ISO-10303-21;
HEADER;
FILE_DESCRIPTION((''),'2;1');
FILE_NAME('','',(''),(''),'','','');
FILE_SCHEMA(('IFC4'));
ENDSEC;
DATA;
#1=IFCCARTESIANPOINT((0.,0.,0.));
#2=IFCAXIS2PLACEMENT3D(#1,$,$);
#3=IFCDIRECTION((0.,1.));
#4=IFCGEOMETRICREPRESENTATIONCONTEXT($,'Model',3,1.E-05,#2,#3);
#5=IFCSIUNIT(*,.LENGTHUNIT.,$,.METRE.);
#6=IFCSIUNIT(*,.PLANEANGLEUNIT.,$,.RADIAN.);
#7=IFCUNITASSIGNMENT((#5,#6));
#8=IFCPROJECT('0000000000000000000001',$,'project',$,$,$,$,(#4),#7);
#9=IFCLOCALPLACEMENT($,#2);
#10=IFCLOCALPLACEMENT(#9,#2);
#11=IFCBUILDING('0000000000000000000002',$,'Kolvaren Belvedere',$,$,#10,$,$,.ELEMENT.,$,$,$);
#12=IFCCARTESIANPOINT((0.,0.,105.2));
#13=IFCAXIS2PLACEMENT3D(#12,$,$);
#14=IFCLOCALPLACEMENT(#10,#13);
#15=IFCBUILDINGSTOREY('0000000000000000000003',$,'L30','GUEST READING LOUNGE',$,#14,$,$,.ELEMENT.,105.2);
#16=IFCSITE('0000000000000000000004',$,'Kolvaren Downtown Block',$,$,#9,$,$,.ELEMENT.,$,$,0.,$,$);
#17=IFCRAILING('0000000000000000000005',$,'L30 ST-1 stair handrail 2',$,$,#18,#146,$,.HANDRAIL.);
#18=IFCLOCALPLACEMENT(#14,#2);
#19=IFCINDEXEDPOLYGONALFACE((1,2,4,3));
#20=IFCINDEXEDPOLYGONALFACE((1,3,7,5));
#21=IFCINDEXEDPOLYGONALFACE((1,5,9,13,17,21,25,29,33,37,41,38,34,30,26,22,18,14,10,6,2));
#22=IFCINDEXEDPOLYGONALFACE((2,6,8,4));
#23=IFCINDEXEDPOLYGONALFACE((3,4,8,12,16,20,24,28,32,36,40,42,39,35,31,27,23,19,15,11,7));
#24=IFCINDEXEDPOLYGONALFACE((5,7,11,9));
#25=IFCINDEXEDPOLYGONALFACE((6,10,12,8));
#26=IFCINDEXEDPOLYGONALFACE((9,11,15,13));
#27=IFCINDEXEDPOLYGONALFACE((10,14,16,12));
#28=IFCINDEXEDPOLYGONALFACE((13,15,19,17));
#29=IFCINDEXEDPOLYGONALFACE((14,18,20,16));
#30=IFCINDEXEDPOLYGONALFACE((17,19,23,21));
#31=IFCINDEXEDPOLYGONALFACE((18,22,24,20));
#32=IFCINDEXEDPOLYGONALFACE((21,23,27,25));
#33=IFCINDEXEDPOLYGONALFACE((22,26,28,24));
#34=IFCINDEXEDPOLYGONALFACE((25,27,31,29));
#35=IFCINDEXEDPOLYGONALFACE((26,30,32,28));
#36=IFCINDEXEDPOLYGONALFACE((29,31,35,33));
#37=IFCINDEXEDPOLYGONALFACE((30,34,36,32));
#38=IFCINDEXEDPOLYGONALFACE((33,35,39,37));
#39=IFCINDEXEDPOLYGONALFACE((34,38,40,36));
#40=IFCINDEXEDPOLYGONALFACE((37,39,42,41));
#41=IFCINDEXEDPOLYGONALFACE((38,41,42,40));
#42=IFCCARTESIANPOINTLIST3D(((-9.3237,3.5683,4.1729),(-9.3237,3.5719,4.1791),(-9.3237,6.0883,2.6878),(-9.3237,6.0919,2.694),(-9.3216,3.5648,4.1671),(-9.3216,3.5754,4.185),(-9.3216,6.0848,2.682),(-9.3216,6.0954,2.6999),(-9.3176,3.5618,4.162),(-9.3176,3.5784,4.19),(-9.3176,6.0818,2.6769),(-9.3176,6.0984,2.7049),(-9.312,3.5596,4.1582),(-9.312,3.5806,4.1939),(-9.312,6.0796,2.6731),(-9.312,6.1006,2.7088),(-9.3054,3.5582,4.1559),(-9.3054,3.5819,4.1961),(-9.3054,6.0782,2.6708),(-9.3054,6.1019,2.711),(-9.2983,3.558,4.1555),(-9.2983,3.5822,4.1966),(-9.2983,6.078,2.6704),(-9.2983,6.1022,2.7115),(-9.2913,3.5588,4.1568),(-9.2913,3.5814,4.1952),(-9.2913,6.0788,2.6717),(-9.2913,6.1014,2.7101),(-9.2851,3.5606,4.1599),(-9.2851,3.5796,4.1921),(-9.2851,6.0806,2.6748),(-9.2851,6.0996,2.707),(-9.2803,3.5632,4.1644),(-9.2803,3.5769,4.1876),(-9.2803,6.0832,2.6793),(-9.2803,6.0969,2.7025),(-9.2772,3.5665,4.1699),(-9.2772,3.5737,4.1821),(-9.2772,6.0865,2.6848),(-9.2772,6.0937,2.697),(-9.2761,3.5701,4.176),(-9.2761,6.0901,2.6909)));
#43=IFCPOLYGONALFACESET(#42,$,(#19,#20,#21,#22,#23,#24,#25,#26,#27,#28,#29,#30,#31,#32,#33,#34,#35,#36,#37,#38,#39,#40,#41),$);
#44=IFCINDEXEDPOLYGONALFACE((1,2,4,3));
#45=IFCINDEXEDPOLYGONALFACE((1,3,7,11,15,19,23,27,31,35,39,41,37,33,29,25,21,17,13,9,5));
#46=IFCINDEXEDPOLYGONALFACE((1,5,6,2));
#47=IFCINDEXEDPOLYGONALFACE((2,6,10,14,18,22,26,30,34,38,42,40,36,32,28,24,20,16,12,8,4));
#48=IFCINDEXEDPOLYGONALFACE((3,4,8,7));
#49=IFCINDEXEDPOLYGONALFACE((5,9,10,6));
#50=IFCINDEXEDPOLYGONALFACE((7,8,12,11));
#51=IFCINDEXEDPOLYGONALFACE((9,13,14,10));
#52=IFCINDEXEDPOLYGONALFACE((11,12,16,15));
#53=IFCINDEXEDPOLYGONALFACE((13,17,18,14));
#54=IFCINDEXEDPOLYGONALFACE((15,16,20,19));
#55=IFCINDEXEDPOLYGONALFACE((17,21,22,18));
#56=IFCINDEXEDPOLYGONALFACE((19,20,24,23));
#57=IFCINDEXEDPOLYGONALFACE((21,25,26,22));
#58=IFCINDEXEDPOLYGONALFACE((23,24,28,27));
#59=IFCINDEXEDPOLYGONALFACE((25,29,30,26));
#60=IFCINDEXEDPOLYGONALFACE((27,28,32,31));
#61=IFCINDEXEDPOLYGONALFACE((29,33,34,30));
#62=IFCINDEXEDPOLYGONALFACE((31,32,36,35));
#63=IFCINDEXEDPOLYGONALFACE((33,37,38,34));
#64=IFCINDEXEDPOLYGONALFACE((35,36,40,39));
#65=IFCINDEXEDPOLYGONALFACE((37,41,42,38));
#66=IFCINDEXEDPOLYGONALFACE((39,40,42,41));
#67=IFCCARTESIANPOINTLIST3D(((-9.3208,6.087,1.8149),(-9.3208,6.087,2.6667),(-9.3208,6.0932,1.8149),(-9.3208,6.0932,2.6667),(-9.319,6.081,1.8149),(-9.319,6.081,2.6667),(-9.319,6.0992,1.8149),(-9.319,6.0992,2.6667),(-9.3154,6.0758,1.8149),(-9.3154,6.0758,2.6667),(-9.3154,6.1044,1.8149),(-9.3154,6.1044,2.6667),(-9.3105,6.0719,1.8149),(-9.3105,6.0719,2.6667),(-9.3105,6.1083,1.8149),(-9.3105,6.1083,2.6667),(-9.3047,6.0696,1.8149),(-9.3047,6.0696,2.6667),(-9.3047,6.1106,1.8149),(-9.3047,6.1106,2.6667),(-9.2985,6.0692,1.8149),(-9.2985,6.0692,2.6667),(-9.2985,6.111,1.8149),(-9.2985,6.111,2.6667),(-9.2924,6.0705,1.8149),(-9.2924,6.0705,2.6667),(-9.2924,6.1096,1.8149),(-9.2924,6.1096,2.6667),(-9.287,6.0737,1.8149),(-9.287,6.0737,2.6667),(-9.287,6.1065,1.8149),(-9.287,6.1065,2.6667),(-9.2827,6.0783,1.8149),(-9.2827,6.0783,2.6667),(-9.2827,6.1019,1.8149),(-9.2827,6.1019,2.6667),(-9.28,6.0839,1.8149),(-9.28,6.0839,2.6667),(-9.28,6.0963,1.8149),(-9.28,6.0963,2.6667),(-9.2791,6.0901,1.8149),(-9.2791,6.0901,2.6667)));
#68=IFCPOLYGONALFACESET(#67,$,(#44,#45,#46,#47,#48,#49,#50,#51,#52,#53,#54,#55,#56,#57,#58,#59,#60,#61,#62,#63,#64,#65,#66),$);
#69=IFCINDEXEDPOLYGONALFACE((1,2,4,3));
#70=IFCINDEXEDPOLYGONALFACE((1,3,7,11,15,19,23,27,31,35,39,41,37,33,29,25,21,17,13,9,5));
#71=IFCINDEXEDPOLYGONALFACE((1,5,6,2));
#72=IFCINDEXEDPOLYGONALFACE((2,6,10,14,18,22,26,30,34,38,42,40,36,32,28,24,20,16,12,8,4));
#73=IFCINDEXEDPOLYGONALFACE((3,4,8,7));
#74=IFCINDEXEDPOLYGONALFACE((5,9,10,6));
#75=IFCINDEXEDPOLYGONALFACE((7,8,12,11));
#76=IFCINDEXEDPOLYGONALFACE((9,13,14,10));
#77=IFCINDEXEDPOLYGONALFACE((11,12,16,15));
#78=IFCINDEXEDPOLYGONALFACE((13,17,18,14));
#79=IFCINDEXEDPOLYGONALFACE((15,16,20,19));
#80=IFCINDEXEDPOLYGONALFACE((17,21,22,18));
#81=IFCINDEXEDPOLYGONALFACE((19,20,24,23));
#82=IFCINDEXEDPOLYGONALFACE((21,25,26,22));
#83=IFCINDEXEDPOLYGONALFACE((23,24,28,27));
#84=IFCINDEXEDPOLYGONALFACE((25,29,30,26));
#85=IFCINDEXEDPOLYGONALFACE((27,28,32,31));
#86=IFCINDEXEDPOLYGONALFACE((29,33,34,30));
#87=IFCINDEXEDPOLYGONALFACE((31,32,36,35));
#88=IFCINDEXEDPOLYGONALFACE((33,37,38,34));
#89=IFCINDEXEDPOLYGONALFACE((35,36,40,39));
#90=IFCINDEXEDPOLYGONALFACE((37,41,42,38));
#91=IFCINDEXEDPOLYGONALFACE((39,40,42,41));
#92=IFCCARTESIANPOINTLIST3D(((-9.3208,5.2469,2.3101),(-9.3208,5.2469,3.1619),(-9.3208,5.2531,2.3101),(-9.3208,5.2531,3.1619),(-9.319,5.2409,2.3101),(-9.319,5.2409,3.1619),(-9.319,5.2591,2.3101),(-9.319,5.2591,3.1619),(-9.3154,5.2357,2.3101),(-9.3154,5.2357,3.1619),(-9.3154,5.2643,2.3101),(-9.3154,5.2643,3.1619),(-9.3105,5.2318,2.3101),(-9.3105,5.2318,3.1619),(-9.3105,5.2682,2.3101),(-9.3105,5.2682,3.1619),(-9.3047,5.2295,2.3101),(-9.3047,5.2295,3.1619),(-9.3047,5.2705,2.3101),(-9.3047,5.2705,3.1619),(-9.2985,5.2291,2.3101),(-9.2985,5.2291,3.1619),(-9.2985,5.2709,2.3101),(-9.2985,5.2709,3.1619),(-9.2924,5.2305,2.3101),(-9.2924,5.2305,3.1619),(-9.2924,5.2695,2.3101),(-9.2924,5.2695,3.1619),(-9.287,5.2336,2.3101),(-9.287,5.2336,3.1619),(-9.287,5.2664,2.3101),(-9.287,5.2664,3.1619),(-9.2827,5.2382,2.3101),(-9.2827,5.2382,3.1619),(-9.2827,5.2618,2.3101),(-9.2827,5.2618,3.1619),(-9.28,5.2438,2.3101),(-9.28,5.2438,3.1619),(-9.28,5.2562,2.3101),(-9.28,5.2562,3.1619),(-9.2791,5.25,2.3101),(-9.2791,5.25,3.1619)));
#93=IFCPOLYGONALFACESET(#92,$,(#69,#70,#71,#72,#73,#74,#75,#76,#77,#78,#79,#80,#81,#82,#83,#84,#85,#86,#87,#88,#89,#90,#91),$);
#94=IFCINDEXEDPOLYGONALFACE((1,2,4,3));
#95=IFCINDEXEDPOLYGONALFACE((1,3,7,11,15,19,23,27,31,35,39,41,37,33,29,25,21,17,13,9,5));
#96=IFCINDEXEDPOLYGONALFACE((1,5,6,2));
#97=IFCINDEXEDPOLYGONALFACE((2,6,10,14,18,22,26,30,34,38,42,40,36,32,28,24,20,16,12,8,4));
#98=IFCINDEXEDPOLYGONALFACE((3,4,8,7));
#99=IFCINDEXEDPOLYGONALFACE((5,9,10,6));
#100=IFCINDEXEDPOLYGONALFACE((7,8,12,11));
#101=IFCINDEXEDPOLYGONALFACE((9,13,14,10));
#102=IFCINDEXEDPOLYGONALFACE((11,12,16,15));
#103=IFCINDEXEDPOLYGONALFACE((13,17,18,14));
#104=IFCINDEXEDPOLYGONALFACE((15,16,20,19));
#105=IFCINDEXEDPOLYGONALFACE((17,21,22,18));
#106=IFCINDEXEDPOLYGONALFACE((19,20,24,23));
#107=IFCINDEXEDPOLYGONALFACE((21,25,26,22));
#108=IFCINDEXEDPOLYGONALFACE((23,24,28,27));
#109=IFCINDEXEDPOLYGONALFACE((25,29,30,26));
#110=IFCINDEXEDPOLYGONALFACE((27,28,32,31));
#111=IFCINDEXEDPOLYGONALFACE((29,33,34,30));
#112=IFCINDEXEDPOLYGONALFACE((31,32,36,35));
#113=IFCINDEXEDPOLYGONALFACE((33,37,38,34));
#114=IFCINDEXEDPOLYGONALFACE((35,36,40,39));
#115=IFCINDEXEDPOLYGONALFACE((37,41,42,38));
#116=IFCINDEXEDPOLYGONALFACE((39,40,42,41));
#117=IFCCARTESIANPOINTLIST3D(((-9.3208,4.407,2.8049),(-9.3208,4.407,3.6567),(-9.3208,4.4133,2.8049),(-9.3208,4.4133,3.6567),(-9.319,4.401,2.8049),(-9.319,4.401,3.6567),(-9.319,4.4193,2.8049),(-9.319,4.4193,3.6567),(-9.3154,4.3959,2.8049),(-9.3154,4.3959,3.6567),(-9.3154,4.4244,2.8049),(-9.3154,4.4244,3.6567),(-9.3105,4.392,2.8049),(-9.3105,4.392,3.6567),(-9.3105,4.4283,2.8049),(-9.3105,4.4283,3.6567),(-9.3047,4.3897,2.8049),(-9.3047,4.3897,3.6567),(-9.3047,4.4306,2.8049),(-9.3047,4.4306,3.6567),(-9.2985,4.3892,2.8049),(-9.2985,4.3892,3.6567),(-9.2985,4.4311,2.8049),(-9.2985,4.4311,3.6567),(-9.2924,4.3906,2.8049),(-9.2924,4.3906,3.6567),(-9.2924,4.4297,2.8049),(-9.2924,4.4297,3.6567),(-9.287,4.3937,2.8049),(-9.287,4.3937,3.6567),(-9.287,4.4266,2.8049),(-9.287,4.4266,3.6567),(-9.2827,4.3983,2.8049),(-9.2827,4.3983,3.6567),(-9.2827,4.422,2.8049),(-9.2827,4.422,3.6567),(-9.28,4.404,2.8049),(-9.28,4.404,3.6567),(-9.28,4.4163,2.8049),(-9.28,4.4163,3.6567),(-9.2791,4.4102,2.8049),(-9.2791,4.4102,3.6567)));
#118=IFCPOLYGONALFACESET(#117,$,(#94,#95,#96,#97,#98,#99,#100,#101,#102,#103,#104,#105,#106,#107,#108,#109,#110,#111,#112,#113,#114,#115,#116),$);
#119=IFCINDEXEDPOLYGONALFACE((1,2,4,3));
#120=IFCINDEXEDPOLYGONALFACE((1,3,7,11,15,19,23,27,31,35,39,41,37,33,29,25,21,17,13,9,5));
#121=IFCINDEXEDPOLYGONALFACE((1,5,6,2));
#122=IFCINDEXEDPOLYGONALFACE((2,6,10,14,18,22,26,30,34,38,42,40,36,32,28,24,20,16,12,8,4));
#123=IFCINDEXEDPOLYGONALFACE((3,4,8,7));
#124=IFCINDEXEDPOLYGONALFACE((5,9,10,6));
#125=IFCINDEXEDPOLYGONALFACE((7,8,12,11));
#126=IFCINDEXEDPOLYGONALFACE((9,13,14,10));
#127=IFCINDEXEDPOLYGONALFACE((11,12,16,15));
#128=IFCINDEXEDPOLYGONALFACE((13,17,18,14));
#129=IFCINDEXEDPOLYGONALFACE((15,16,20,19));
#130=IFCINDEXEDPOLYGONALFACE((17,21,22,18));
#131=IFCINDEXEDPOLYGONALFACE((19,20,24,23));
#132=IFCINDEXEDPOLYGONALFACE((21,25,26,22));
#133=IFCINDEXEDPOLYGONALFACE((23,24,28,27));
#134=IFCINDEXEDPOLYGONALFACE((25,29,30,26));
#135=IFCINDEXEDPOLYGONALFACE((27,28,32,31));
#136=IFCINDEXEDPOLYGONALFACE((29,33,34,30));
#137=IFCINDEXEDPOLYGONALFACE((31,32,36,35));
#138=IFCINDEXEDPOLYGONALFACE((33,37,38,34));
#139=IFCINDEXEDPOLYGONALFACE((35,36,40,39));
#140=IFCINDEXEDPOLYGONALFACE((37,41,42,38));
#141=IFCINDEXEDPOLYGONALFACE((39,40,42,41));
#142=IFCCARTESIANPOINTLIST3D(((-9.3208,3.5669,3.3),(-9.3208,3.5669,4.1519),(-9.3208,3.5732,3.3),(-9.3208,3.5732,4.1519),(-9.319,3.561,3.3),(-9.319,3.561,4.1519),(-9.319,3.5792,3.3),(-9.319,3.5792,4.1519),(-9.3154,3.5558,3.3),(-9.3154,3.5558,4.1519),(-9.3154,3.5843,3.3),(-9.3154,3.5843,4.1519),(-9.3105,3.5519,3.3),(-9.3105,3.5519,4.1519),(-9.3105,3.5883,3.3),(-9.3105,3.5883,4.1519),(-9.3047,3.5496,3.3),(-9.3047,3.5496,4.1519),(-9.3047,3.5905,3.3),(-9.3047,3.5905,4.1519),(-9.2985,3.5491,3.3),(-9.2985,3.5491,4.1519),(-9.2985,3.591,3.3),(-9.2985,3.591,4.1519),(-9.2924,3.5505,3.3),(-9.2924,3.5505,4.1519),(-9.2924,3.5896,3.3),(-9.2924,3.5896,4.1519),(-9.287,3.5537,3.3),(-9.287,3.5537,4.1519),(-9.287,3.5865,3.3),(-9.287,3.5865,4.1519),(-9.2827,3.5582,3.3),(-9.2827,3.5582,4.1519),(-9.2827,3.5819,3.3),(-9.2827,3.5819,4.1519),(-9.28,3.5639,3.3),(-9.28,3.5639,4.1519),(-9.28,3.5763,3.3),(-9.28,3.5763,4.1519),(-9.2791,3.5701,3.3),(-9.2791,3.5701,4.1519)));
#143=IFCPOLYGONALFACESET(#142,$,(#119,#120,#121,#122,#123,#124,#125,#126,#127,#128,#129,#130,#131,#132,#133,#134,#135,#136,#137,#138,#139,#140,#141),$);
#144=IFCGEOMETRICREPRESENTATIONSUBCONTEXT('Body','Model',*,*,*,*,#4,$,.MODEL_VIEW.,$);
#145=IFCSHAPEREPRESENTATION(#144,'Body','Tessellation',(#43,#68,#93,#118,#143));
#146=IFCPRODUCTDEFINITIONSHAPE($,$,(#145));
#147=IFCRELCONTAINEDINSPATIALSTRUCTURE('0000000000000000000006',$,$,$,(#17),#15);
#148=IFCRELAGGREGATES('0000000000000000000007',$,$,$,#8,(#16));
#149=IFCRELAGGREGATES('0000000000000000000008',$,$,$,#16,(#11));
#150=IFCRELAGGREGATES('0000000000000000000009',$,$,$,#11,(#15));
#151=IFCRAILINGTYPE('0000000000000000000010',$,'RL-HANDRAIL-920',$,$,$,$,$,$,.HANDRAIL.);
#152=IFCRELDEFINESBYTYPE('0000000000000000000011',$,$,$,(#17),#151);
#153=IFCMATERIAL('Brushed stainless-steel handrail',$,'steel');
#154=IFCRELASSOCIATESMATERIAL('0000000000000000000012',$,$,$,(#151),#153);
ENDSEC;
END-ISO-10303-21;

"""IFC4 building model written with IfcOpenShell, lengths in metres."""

from ifc_helpers import new_model, si_unit, direction, frame, origin, origin_2d, place, context, subcontext, project, spatial, circle, extrude, material, type_object, element, save


model = new_model("IFC4")

# Units and contexts
model_context = context("Model", 3, precision=1e-05, world=origin(), true_north=direction((0.0, 1.0)))
body_context = subcontext(model_context, "Body", "Model", "MODEL_VIEW")
ifc_project = project(units=[si_unit("LENGTHUNIT", "METRE"), si_unit("PLANEANGLEUNIT", "RADIAN")], contexts=[model_context])

# Site, building, storey
site_placement = place(None, origin())
site = spatial("IfcSite", under=ifc_project, at=site_placement, Name="Kolvaren Downtown Block", CompositionType="ELEMENT", RefElevation=0.0)
building_placement = place(site_placement, origin())
building = spatial("IfcBuilding", under=site, at=building_placement, Name="Kolvaren Belvedere", CompositionType="ELEMENT")
storey_placement = place(building_placement, frame((0.0, 0.0, 105.2)))
storey = spatial("IfcBuildingStorey", under=building, at=storey_placement, Name="L30", Description="GUEST READING LOUNGE", CompositionType="ELEMENT", Elevation=105.2)

# Railing
ifc_material_1 = material(Name="Brushed stainless-steel handrail", Category="steel")
railing_type_1 = type_object("IfcRailingType", Name="RL-HANDRAIL-920", PredefinedType="HANDRAIL", material=ifc_material_1)
railing_1_placement = place(storey_placement, frame((-9.3, 6.0901, 1.8149)))
element("IfcRailing", 1, at=railing_1_placement, inside=storey, type_object=railing_type_1, Name="L30 ST-1 stair handrail 2", PredefinedType="HANDRAIL", context=body_context, shape_type="SweptSolid", body=[
    extrude(circle(Radius=0.0239, at=origin_2d()), frame((0.0, 0.0, 0.876), z_axis=(0.0, -0.861524, 0.507717), x_axis=(1.0, 0.0, 0.0)), (0.0, 0.0, 1.0), 2.925),
    extrude(circle(Radius=0.021, at=origin_2d()), origin(), (0.0, 0.0, 1.0), 0.8518),
    extrude(circle(Radius=0.021, at=origin_2d()), frame((0.0, -0.8401, 0.4951)), (0.0, 0.0, 1.0), 0.8518),
    extrude(circle(Radius=0.021, at=origin_2d()), frame((0.0, -1.6799, 0.99)), (0.0, 0.0, 1.0), 0.8518),
    extrude(circle(Radius=0.021, at=origin_2d()), frame((0.0, -2.52, 1.4851)), (0.0, 0.0, 1.0), 0.8518),
])

save(model, "model.ifc")
